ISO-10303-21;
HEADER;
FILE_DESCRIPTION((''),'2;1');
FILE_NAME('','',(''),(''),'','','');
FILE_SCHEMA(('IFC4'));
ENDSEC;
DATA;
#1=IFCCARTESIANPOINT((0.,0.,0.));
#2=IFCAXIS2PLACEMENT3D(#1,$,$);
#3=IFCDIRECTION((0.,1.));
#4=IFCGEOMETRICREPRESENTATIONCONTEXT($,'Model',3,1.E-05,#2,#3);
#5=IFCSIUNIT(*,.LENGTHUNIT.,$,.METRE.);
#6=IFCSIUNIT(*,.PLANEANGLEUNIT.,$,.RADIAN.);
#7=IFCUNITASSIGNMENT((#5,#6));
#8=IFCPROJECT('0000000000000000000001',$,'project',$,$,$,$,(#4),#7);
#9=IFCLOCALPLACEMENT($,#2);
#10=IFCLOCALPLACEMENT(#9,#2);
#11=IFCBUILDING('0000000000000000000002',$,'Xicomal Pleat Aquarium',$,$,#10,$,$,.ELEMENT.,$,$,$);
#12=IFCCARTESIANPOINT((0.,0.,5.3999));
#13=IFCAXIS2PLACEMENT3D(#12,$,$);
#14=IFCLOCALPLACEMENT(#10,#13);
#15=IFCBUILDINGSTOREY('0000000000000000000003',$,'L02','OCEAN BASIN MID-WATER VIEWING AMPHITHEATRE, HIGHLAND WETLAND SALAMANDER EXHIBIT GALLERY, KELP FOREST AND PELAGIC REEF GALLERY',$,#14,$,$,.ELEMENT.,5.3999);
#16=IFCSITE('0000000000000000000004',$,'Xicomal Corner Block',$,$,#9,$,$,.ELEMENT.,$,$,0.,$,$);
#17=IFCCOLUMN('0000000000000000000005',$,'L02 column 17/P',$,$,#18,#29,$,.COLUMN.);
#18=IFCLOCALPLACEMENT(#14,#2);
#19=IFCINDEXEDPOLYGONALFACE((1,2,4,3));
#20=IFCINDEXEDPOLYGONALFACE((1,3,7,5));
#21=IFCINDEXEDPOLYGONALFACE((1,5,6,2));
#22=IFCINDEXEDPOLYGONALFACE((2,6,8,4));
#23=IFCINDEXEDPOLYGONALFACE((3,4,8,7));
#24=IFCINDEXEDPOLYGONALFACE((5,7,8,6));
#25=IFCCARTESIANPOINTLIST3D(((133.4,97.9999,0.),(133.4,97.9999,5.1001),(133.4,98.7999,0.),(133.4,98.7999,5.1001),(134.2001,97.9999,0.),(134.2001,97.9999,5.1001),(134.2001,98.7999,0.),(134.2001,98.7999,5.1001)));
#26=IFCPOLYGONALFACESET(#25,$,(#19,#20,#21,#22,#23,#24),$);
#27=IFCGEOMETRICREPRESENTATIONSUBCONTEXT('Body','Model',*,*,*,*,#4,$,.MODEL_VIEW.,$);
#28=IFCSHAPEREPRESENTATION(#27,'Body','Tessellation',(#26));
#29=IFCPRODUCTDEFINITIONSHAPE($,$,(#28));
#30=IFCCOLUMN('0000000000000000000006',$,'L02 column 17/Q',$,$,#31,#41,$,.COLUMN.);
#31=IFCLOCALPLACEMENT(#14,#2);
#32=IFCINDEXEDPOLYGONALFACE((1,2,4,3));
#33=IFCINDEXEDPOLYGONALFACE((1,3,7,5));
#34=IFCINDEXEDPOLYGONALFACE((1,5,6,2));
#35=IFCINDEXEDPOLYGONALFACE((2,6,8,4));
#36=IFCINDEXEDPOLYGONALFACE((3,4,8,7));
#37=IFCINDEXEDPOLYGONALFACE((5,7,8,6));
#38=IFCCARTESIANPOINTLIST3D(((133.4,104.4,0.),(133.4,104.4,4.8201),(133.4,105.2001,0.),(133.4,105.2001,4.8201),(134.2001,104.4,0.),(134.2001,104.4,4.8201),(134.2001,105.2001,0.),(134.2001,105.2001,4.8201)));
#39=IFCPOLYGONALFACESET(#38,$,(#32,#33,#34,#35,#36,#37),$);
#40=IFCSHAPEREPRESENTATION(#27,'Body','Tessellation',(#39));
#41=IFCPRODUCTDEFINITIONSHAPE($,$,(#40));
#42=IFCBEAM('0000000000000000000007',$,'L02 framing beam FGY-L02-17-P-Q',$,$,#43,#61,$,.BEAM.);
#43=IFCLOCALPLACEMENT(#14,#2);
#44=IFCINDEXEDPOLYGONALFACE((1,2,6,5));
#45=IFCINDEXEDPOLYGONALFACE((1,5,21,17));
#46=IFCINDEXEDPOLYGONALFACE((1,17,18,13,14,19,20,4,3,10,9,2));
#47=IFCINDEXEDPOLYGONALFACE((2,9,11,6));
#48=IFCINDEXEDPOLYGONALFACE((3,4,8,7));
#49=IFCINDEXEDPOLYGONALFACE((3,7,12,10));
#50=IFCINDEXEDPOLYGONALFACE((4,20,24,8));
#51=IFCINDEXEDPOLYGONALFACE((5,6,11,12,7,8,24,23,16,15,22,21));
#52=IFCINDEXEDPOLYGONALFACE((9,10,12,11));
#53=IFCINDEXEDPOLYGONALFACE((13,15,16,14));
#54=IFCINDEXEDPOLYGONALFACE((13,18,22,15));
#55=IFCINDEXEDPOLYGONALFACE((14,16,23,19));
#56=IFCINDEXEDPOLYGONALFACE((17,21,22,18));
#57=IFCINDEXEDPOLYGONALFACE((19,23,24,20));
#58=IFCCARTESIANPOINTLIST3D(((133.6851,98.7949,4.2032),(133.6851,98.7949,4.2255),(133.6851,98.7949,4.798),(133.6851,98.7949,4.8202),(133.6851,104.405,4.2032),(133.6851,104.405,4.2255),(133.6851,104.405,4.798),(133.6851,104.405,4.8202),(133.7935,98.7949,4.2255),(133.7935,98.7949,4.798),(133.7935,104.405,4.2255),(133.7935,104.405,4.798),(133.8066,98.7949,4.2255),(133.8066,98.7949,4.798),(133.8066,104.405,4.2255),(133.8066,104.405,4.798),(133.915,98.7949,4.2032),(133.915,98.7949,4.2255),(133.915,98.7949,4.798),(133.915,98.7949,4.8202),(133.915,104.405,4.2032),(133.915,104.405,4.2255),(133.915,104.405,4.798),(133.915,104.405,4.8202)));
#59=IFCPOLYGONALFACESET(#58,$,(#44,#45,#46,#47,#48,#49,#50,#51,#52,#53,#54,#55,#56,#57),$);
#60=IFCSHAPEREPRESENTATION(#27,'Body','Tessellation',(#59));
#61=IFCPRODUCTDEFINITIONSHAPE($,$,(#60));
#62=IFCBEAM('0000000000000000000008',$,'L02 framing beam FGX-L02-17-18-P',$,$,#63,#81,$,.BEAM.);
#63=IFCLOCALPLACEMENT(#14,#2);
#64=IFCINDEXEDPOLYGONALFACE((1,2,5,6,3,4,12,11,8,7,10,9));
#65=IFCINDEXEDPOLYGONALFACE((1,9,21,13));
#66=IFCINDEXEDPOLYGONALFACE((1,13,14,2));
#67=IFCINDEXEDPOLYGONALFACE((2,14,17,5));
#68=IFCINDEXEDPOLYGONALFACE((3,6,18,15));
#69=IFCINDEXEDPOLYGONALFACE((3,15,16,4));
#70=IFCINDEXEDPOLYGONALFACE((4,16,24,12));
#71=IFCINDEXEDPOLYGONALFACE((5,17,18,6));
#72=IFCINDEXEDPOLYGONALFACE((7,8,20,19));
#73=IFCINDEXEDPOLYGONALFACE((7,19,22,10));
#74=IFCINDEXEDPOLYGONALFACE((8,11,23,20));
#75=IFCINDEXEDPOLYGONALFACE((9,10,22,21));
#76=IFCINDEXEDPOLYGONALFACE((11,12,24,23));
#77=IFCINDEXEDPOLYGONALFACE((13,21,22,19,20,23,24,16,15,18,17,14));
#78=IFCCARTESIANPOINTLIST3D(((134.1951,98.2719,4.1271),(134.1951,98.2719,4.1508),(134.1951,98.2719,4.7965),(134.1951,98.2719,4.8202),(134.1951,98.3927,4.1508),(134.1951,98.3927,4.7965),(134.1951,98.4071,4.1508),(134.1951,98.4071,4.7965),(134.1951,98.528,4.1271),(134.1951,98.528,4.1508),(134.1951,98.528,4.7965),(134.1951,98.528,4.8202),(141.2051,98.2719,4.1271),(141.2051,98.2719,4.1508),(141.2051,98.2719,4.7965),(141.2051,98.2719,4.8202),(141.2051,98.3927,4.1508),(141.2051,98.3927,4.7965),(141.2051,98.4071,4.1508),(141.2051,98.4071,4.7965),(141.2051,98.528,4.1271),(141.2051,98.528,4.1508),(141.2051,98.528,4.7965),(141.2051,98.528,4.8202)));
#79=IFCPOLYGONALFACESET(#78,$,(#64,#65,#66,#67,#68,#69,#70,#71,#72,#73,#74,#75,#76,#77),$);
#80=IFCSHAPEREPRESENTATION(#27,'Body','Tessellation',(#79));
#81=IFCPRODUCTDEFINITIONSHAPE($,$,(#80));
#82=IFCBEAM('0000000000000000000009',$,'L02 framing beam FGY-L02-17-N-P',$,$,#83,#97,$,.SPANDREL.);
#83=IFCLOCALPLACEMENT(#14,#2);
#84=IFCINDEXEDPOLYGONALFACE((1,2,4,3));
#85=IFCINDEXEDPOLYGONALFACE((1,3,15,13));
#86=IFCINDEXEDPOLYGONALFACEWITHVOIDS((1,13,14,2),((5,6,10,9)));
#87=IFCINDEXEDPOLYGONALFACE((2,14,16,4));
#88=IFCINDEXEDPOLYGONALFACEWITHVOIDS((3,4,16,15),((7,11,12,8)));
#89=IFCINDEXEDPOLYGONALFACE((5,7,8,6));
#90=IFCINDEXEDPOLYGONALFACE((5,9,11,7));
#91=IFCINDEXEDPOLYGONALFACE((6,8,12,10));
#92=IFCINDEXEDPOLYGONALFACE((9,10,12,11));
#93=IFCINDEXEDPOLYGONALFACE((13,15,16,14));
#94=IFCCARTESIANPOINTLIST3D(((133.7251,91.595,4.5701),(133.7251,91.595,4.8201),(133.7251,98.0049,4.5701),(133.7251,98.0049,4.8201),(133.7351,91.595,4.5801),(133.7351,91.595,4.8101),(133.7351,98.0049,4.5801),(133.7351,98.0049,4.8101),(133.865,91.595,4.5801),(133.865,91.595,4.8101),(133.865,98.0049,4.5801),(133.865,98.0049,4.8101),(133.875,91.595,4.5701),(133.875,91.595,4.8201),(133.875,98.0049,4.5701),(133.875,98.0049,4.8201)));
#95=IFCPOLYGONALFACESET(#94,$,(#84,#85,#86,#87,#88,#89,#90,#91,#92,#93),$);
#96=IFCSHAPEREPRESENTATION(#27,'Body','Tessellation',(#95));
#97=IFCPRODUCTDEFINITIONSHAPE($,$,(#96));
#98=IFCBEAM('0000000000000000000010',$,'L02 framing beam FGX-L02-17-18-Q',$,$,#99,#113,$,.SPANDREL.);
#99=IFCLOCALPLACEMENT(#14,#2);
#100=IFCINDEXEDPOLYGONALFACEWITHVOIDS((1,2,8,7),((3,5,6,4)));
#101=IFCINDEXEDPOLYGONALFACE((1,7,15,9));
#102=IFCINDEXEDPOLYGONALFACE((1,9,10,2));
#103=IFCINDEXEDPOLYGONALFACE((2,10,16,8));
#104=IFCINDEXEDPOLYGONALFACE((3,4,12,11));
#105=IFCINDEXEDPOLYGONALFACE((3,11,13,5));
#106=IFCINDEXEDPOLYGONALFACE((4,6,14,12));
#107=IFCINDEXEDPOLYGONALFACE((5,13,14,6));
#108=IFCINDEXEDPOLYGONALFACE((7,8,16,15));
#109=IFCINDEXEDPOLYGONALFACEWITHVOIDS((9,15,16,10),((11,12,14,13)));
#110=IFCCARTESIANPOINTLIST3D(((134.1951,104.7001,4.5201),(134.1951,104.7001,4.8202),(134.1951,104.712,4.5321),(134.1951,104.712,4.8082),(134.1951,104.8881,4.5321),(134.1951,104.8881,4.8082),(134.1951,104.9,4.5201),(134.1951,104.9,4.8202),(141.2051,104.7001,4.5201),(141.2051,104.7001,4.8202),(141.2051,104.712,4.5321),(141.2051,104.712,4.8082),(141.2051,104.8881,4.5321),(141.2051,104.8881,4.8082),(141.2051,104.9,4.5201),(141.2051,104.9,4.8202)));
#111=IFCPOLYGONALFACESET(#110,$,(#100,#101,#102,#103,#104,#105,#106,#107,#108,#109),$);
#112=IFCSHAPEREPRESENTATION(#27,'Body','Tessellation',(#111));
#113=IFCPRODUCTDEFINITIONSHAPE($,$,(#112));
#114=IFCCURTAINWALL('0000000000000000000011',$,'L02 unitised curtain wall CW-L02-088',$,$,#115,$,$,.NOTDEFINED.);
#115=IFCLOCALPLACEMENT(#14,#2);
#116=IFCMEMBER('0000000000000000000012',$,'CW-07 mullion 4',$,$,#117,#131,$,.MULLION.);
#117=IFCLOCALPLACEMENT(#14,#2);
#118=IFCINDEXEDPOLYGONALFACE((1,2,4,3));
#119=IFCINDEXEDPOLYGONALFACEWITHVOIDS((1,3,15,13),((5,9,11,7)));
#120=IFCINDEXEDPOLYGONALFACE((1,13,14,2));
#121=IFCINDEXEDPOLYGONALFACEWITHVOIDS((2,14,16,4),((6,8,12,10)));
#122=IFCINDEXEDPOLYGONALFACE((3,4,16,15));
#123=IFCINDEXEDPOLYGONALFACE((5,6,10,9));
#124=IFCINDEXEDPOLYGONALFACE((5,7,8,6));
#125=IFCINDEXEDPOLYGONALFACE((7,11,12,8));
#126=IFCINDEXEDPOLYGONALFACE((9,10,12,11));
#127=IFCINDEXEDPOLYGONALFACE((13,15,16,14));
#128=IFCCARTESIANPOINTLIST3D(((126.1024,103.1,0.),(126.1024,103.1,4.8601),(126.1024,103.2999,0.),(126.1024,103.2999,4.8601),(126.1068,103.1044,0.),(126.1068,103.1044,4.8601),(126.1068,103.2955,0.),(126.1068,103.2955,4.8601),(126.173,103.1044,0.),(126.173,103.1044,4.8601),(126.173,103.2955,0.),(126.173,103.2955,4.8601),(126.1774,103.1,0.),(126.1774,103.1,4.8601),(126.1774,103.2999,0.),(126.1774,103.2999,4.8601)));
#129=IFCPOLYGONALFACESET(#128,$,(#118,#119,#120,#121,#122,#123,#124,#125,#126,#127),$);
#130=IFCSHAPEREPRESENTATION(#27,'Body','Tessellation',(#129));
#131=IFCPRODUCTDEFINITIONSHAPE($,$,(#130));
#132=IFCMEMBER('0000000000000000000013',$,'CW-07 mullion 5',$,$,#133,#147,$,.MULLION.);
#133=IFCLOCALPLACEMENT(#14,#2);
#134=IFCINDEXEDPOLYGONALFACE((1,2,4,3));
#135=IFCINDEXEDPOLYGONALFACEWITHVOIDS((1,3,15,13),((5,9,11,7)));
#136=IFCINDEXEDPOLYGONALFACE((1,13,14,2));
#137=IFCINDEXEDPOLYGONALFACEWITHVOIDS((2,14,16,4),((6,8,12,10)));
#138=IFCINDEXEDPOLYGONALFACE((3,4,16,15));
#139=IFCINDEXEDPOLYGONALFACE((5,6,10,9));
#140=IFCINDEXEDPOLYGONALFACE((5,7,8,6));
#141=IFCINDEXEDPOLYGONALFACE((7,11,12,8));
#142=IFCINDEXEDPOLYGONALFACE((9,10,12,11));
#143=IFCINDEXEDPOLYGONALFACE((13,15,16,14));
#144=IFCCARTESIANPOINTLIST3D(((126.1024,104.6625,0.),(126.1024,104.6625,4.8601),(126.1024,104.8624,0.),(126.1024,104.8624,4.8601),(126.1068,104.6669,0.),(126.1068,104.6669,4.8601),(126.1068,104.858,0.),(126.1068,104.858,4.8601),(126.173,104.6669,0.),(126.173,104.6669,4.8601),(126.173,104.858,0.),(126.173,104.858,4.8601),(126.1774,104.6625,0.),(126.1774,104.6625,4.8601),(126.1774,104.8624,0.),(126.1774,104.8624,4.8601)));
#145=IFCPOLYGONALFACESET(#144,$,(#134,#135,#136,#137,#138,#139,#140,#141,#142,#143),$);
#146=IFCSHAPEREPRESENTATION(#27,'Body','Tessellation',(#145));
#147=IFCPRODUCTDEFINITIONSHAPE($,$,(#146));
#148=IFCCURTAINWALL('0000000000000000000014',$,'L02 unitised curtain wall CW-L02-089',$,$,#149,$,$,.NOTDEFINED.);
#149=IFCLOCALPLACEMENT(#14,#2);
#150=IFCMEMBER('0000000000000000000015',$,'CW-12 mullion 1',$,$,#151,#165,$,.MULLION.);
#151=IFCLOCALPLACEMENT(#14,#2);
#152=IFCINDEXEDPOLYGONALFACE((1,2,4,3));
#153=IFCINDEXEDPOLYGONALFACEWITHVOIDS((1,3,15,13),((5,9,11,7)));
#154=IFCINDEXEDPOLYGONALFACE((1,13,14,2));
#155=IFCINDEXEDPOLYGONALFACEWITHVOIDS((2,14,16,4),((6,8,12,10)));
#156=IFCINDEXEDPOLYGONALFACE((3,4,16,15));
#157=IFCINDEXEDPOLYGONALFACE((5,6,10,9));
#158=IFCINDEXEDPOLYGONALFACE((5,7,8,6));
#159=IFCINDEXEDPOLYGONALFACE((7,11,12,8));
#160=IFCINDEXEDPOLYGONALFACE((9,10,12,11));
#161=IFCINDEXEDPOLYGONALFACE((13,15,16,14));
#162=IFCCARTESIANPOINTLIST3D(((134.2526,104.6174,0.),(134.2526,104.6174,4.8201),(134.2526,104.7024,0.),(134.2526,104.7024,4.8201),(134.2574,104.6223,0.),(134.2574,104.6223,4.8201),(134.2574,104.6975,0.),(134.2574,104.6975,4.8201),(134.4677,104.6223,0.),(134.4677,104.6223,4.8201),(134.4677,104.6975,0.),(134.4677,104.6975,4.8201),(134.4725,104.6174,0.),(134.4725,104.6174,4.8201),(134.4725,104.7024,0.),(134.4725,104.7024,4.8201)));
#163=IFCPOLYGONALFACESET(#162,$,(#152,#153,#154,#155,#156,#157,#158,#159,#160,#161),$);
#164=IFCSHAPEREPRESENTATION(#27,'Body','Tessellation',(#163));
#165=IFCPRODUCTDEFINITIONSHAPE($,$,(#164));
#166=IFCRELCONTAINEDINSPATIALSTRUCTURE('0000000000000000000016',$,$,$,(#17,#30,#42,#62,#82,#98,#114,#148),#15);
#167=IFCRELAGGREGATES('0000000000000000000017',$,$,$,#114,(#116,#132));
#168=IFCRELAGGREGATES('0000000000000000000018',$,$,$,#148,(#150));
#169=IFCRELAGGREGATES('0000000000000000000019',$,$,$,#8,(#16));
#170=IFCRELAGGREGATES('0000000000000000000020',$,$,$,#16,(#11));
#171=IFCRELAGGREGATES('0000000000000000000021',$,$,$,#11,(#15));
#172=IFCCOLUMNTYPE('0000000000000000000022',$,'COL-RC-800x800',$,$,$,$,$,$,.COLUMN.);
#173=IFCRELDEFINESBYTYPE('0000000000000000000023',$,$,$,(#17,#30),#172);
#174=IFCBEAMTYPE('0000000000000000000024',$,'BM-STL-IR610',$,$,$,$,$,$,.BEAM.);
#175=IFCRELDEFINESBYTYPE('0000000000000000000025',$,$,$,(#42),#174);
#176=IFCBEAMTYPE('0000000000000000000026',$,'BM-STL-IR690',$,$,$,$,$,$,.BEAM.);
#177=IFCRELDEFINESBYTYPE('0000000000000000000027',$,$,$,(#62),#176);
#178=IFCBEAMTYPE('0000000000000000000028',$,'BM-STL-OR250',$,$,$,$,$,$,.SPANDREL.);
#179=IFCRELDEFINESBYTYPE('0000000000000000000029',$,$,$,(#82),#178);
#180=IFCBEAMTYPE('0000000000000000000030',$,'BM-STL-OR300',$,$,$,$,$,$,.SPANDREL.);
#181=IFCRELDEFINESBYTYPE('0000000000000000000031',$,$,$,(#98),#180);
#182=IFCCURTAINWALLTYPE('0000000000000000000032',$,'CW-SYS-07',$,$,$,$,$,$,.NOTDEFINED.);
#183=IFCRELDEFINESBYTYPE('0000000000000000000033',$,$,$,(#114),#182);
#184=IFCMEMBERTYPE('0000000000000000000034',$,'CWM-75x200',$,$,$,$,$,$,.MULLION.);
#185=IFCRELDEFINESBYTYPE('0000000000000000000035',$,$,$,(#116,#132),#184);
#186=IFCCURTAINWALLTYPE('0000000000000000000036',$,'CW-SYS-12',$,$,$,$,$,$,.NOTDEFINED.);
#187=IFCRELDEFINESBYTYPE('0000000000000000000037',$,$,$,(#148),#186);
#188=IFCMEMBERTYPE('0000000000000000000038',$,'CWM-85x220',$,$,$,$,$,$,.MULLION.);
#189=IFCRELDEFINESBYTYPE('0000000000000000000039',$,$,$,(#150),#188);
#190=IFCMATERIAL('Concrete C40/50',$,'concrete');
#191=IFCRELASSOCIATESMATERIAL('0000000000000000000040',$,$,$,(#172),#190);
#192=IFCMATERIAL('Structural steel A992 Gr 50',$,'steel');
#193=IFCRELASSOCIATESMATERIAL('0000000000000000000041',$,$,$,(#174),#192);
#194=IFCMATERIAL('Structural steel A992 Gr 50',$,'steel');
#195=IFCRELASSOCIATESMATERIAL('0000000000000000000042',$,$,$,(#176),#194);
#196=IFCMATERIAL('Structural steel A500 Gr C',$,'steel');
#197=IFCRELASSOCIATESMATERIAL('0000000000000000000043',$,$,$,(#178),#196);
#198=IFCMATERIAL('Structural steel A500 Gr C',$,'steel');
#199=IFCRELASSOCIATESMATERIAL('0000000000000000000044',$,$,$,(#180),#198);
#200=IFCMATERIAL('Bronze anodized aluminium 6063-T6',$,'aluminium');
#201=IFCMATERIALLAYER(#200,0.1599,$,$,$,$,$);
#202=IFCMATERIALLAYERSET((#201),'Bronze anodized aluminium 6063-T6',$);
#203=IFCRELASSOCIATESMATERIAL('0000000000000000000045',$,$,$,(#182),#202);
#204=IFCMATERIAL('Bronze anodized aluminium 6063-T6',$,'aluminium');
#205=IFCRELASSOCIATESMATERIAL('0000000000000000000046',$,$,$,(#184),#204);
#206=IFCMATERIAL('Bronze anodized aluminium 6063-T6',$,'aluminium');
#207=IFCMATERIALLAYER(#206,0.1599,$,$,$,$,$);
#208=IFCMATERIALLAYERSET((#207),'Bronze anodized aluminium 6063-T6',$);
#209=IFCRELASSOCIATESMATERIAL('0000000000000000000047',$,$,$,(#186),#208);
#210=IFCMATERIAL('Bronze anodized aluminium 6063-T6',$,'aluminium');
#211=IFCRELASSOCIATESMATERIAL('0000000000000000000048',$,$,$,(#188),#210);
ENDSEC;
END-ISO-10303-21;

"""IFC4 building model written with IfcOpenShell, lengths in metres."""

from ifc_helpers import new_model, si_unit, direction, frame, origin, origin_2d, place, context, subcontext, project, spatial, rectangle, hollow_rectangle, i_section, extrude, material, layer, layer_set, material_profile, profile_set, type_object, element, aggregate, save


model = new_model("IFC4")

# Units and contexts
model_context = context("Model", 3, precision=1e-05, world=origin(), true_north=direction((0.0, 1.0)))
body_context = subcontext(model_context, "Body", "Model", "MODEL_VIEW")
ifc_project = project(units=[si_unit("LENGTHUNIT", "METRE"), si_unit("PLANEANGLEUNIT", "RADIAN")], contexts=[model_context])

# Site, building, storey
site_placement = place(None, origin())
site = spatial("IfcSite", under=ifc_project, at=site_placement, Name="Xicomal Corner Block", CompositionType="ELEMENT", RefElevation=0.0)
building_placement = place(site_placement, origin())
building = spatial("IfcBuilding", under=site, at=building_placement, Name="Xicomal Pleat Aquarium", CompositionType="ELEMENT")
storey_placement = place(building_placement, frame((0.0, 0.0, 5.3999)))
storey = spatial("IfcBuildingStorey", under=building, at=storey_placement, Name="L02", Description="OCEAN BASIN MID-WATER VIEWING AMPHITHEATRE, HIGHLAND WETLAND SALAMANDER EXHIBIT GALLERY, KELP FOREST AND PELAGIC REEF GALLERY", CompositionType="ELEMENT", Elevation=5.3999)

# Columns
ifc_material_1 = material(Name="Concrete C40/50", Category="concrete")
ifc_material_profile_1 = material_profile(ifc_material_1, rectangle(XDim=0.8, YDim=0.8, at=origin_2d()), Name="RC 800x800")
ifc_profile_set_1 = profile_set([ifc_material_profile_1], Name="Concrete C40/50")
column_type = type_object("IfcColumnType", Name="COL-RC-800x800", PredefinedType="COLUMN", material=ifc_profile_set_1)
column_1_placement = place(storey_placement, frame((133.8, 98.3999, 0.0), z_axis=(0.0, 0.0, 1.0), x_axis=(1.0, 0.0, 0.0)))
element("IfcColumn", 1, at=column_1_placement, inside=storey, type_object=column_type, Name="L02 column 17/P", PredefinedType="COLUMN", context=body_context, shape_type="SweptSolid", body=[
    extrude(rectangle(XDim=0.8, YDim=0.8, at=origin_2d()), origin(), (0.0, 0.0, 1.0), 5.1001),
])
column_2_placement = place(storey_placement, frame((133.8, 104.8, 0.0), z_axis=(0.0, 0.0, 1.0), x_axis=(1.0, 0.0, 0.0)))
element("IfcColumn", 2, at=column_2_placement, inside=storey, type_object=column_type, Name="L02 column 17/Q", PredefinedType="COLUMN", context=body_context, shape_type="SweptSolid", body=[
    extrude(rectangle(XDim=0.8, YDim=0.8, at=origin_2d()), origin(), (0.0, 0.0, 1.0), 4.8201),
])

# Beams
ifc_material_2 = material(Name="Structural steel A992 Gr 50", Category="steel")
ifc_material_profile_2 = material_profile(ifc_material_2, i_section(OverallWidth=0.23, OverallDepth=0.6169, WebThickness=0.0132, FlangeThickness=0.0222, at=origin_2d()), Name="IR 610x140")
ifc_profile_set_2 = profile_set([ifc_material_profile_2], Name="Structural steel A992 Gr 50")
beam_type_1 = type_object("IfcBeamType", Name="BM-STL-IR610", PredefinedType="BEAM", material=ifc_profile_set_2)
beam_1_placement = place(storey_placement, frame((133.8, 98.7949, 4.5117), z_axis=(0.0, 1.0, 0.0), x_axis=(-1.0, 0.0, 0.0)))
element("IfcBeam", 3, at=beam_1_placement, inside=storey, type_object=beam_type_1, Name="L02 framing beam FGY-L02-17-P-Q", PredefinedType="BEAM", context=body_context, shape_type="SweptSolid", body=[
    extrude(i_section(OverallWidth=0.23, OverallDepth=0.6169, WebThickness=0.0132, FlangeThickness=0.0222, at=origin_2d()), origin(), (0.0, 0.0, 1.0), 5.6101),
])
ifc_material_3 = material(Name="Structural steel A992 Gr 50", Category="steel")
ifc_material_profile_3 = material_profile(ifc_material_3, i_section(OverallWidth=0.2561, OverallDepth=0.6931, WebThickness=0.0144, FlangeThickness=0.0237, at=origin_2d()), Name="IR 690x170")
ifc_profile_set_3 = profile_set([ifc_material_profile_3], Name="Structural steel A992 Gr 50")
beam_type_2 = type_object("IfcBeamType", Name="BM-STL-IR690", PredefinedType="BEAM", material=ifc_profile_set_3)
beam_2_placement = place(storey_placement, frame((134.1951, 98.3999, 4.4736), z_axis=(1.0, 0.0, 0.0), x_axis=(0.0, 1.0, 0.0)))
element("IfcBeam", 4, at=beam_2_placement, inside=storey, type_object=beam_type_2, Name="L02 framing beam FGX-L02-17-18-P", PredefinedType="BEAM", context=body_context, shape_type="SweptSolid", body=[
    extrude(i_section(OverallWidth=0.2561, OverallDepth=0.6931, WebThickness=0.0144, FlangeThickness=0.0237, at=origin_2d()), origin(), (0.0, 0.0, 1.0), 7.01),
])
ifc_material_4 = material(Name="Structural steel A500 Gr C", Category="steel")
ifc_material_profile_4 = material_profile(ifc_material_4, hollow_rectangle(XDim=0.1499, YDim=0.25, WallThickness=0.01, at=origin_2d()), Name="OR 250x150x10")
ifc_profile_set_4 = profile_set([ifc_material_profile_4], Name="Structural steel A500 Gr C")
beam_type_3 = type_object("IfcBeamType", Name="BM-STL-OR250", PredefinedType="SPANDREL", material=ifc_profile_set_4)
beam_3_placement = place(storey_placement, frame((133.8, 91.595, 4.6951), z_axis=(0.0, 1.0, 0.0), x_axis=(-1.0, 0.0, 0.0)))
element("IfcBeam", 5, at=beam_3_placement, inside=storey, type_object=beam_type_3, Name="L02 framing beam FGY-L02-17-N-P", PredefinedType="SPANDREL", context=body_context, shape_type="SweptSolid", body=[
    extrude(hollow_rectangle(XDim=0.1499, YDim=0.25, WallThickness=0.01, at=origin_2d()), origin(), (0.0, 0.0, 1.0), 6.4099),
])
ifc_material_5 = material(Name="Structural steel A500 Gr C", Category="steel")
ifc_material_profile_5 = material_profile(ifc_material_5, hollow_rectangle(XDim=0.2, YDim=0.3, WallThickness=0.012, at=origin_2d()), Name="OR 300x200x12")
ifc_profile_set_5 = profile_set([ifc_material_profile_5], Name="Structural steel A500 Gr C")
beam_type_4 = type_object("IfcBeamType", Name="BM-STL-OR300", PredefinedType="SPANDREL", material=ifc_profile_set_5)
beam_4_placement = place(storey_placement, frame((134.1951, 104.8, 4.6702), z_axis=(1.0, 0.0, 0.0), x_axis=(0.0, 1.0, 0.0)))
element("IfcBeam", 6, at=beam_4_placement, inside=storey, type_object=beam_type_4, Name="L02 framing beam FGX-L02-17-18-Q", PredefinedType="SPANDREL", context=body_context, shape_type="SweptSolid", body=[
    extrude(hollow_rectangle(XDim=0.2, YDim=0.3, WallThickness=0.012, at=origin_2d()), origin(), (0.0, 0.0, 1.0), 7.01),
])

# Curtain wall, members
ifc_material_6 = material(Name="Bronze anodized aluminium 6063-T6", Category="aluminium")
ifc_layer_1 = layer(ifc_material_6, 0.1599)
ifc_layer_set_1 = layer_set([ifc_layer_1], Name="Bronze anodized aluminium 6063-T6")
curtain_wall_type_1 = type_object("IfcCurtainWallType", Name="CW-SYS-07", PredefinedType="NOTDEFINED", material=ifc_layer_set_1)
curtain_wall_1_placement = place(storey_placement, origin())
curtain_wall_1 = element("IfcCurtainWall", 7, at=curtain_wall_1_placement, inside=storey, type_object=curtain_wall_type_1, Name="L02 unitised curtain wall CW-L02-088", PredefinedType="NOTDEFINED")
ifc_material_7 = material(Name="Bronze anodized aluminium 6063-T6", Category="aluminium")
ifc_material_profile_6 = material_profile(ifc_material_7, hollow_rectangle(XDim=0.075, YDim=0.2, WallThickness=0.0044, at=origin_2d()), Name="ALU MULL 75x200")
ifc_profile_set_6 = profile_set([ifc_material_profile_6], Name="Bronze anodized aluminium 6063-T6")
member_type_1 = type_object("IfcMemberType", Name="CWM-75x200", PredefinedType="MULLION", material=ifc_profile_set_6)
member_1_placement = place(storey_placement, frame((126.1399, 103.2, 0.0), z_axis=(0.0, 0.0, 1.0), x_axis=(-1.0, 0.0, 0.0)))
member_1 = element("IfcMember", 8, at=member_1_placement, type_object=member_type_1, Name="CW-07 mullion 4", PredefinedType="MULLION", context=body_context, shape_type="SweptSolid", body=[
    extrude(hollow_rectangle(XDim=0.075, YDim=0.2, WallThickness=0.0044, at=origin_2d()), origin(), (0.0, 0.0, 1.0), 4.8601),
])
member_2_placement = place(storey_placement, frame((126.1399, 104.7625, 0.0), z_axis=(0.0, 0.0, 1.0), x_axis=(-1.0, 0.0, 0.0)))
member_2 = element("IfcMember", 9, at=member_2_placement, type_object=member_type_1, Name="CW-07 mullion 5", PredefinedType="MULLION", context=body_context, shape_type="SweptSolid", body=[
    extrude(hollow_rectangle(XDim=0.075, YDim=0.2, WallThickness=0.0044, at=origin_2d()), origin(), (0.0, 0.0, 1.0), 4.8601),
])

# Curtain wall, member
ifc_material_8 = material(Name="Bronze anodized aluminium 6063-T6", Category="aluminium")
ifc_layer_2 = layer(ifc_material_8, 0.1599)
ifc_layer_set_2 = layer_set([ifc_layer_2], Name="Bronze anodized aluminium 6063-T6")
curtain_wall_type_2 = type_object("IfcCurtainWallType", Name="CW-SYS-12", PredefinedType="NOTDEFINED", material=ifc_layer_set_2)
curtain_wall_2_placement = place(storey_placement, origin())
curtain_wall_2 = element("IfcCurtainWall", 10, at=curtain_wall_2_placement, inside=storey, type_object=curtain_wall_type_2, Name="L02 unitised curtain wall CW-L02-089", PredefinedType="NOTDEFINED")
ifc_material_9 = material(Name="Bronze anodized aluminium 6063-T6", Category="aluminium")
ifc_material_profile_7 = material_profile(ifc_material_9, hollow_rectangle(XDim=0.085, YDim=0.22, WallThickness=0.0049, at=origin_2d()), Name="ALU MULL 85x220")
ifc_profile_set_7 = profile_set([ifc_material_profile_7], Name="Bronze anodized aluminium 6063-T6")
member_type_2 = type_object("IfcMemberType", Name="CWM-85x220", PredefinedType="MULLION", material=ifc_profile_set_7)
member_3_placement = place(storey_placement, frame((134.3625, 104.6599, 0.0), z_axis=(0.0, 0.0, 1.0), x_axis=(0.0, 1.0, 0.0)))
member_3 = element("IfcMember", 11, at=member_3_placement, type_object=member_type_2, Name="CW-12 mullion 1", PredefinedType="MULLION", context=body_context, shape_type="SweptSolid", body=[
    extrude(hollow_rectangle(XDim=0.085, YDim=0.22, WallThickness=0.0049, at=origin_2d()), origin(), (0.0, 0.0, 1.0), 4.8201),
])

aggregate(curtain_wall_1, [member_1, member_2])
aggregate(curtain_wall_2, [member_3])

save(model, "model.ifc")
